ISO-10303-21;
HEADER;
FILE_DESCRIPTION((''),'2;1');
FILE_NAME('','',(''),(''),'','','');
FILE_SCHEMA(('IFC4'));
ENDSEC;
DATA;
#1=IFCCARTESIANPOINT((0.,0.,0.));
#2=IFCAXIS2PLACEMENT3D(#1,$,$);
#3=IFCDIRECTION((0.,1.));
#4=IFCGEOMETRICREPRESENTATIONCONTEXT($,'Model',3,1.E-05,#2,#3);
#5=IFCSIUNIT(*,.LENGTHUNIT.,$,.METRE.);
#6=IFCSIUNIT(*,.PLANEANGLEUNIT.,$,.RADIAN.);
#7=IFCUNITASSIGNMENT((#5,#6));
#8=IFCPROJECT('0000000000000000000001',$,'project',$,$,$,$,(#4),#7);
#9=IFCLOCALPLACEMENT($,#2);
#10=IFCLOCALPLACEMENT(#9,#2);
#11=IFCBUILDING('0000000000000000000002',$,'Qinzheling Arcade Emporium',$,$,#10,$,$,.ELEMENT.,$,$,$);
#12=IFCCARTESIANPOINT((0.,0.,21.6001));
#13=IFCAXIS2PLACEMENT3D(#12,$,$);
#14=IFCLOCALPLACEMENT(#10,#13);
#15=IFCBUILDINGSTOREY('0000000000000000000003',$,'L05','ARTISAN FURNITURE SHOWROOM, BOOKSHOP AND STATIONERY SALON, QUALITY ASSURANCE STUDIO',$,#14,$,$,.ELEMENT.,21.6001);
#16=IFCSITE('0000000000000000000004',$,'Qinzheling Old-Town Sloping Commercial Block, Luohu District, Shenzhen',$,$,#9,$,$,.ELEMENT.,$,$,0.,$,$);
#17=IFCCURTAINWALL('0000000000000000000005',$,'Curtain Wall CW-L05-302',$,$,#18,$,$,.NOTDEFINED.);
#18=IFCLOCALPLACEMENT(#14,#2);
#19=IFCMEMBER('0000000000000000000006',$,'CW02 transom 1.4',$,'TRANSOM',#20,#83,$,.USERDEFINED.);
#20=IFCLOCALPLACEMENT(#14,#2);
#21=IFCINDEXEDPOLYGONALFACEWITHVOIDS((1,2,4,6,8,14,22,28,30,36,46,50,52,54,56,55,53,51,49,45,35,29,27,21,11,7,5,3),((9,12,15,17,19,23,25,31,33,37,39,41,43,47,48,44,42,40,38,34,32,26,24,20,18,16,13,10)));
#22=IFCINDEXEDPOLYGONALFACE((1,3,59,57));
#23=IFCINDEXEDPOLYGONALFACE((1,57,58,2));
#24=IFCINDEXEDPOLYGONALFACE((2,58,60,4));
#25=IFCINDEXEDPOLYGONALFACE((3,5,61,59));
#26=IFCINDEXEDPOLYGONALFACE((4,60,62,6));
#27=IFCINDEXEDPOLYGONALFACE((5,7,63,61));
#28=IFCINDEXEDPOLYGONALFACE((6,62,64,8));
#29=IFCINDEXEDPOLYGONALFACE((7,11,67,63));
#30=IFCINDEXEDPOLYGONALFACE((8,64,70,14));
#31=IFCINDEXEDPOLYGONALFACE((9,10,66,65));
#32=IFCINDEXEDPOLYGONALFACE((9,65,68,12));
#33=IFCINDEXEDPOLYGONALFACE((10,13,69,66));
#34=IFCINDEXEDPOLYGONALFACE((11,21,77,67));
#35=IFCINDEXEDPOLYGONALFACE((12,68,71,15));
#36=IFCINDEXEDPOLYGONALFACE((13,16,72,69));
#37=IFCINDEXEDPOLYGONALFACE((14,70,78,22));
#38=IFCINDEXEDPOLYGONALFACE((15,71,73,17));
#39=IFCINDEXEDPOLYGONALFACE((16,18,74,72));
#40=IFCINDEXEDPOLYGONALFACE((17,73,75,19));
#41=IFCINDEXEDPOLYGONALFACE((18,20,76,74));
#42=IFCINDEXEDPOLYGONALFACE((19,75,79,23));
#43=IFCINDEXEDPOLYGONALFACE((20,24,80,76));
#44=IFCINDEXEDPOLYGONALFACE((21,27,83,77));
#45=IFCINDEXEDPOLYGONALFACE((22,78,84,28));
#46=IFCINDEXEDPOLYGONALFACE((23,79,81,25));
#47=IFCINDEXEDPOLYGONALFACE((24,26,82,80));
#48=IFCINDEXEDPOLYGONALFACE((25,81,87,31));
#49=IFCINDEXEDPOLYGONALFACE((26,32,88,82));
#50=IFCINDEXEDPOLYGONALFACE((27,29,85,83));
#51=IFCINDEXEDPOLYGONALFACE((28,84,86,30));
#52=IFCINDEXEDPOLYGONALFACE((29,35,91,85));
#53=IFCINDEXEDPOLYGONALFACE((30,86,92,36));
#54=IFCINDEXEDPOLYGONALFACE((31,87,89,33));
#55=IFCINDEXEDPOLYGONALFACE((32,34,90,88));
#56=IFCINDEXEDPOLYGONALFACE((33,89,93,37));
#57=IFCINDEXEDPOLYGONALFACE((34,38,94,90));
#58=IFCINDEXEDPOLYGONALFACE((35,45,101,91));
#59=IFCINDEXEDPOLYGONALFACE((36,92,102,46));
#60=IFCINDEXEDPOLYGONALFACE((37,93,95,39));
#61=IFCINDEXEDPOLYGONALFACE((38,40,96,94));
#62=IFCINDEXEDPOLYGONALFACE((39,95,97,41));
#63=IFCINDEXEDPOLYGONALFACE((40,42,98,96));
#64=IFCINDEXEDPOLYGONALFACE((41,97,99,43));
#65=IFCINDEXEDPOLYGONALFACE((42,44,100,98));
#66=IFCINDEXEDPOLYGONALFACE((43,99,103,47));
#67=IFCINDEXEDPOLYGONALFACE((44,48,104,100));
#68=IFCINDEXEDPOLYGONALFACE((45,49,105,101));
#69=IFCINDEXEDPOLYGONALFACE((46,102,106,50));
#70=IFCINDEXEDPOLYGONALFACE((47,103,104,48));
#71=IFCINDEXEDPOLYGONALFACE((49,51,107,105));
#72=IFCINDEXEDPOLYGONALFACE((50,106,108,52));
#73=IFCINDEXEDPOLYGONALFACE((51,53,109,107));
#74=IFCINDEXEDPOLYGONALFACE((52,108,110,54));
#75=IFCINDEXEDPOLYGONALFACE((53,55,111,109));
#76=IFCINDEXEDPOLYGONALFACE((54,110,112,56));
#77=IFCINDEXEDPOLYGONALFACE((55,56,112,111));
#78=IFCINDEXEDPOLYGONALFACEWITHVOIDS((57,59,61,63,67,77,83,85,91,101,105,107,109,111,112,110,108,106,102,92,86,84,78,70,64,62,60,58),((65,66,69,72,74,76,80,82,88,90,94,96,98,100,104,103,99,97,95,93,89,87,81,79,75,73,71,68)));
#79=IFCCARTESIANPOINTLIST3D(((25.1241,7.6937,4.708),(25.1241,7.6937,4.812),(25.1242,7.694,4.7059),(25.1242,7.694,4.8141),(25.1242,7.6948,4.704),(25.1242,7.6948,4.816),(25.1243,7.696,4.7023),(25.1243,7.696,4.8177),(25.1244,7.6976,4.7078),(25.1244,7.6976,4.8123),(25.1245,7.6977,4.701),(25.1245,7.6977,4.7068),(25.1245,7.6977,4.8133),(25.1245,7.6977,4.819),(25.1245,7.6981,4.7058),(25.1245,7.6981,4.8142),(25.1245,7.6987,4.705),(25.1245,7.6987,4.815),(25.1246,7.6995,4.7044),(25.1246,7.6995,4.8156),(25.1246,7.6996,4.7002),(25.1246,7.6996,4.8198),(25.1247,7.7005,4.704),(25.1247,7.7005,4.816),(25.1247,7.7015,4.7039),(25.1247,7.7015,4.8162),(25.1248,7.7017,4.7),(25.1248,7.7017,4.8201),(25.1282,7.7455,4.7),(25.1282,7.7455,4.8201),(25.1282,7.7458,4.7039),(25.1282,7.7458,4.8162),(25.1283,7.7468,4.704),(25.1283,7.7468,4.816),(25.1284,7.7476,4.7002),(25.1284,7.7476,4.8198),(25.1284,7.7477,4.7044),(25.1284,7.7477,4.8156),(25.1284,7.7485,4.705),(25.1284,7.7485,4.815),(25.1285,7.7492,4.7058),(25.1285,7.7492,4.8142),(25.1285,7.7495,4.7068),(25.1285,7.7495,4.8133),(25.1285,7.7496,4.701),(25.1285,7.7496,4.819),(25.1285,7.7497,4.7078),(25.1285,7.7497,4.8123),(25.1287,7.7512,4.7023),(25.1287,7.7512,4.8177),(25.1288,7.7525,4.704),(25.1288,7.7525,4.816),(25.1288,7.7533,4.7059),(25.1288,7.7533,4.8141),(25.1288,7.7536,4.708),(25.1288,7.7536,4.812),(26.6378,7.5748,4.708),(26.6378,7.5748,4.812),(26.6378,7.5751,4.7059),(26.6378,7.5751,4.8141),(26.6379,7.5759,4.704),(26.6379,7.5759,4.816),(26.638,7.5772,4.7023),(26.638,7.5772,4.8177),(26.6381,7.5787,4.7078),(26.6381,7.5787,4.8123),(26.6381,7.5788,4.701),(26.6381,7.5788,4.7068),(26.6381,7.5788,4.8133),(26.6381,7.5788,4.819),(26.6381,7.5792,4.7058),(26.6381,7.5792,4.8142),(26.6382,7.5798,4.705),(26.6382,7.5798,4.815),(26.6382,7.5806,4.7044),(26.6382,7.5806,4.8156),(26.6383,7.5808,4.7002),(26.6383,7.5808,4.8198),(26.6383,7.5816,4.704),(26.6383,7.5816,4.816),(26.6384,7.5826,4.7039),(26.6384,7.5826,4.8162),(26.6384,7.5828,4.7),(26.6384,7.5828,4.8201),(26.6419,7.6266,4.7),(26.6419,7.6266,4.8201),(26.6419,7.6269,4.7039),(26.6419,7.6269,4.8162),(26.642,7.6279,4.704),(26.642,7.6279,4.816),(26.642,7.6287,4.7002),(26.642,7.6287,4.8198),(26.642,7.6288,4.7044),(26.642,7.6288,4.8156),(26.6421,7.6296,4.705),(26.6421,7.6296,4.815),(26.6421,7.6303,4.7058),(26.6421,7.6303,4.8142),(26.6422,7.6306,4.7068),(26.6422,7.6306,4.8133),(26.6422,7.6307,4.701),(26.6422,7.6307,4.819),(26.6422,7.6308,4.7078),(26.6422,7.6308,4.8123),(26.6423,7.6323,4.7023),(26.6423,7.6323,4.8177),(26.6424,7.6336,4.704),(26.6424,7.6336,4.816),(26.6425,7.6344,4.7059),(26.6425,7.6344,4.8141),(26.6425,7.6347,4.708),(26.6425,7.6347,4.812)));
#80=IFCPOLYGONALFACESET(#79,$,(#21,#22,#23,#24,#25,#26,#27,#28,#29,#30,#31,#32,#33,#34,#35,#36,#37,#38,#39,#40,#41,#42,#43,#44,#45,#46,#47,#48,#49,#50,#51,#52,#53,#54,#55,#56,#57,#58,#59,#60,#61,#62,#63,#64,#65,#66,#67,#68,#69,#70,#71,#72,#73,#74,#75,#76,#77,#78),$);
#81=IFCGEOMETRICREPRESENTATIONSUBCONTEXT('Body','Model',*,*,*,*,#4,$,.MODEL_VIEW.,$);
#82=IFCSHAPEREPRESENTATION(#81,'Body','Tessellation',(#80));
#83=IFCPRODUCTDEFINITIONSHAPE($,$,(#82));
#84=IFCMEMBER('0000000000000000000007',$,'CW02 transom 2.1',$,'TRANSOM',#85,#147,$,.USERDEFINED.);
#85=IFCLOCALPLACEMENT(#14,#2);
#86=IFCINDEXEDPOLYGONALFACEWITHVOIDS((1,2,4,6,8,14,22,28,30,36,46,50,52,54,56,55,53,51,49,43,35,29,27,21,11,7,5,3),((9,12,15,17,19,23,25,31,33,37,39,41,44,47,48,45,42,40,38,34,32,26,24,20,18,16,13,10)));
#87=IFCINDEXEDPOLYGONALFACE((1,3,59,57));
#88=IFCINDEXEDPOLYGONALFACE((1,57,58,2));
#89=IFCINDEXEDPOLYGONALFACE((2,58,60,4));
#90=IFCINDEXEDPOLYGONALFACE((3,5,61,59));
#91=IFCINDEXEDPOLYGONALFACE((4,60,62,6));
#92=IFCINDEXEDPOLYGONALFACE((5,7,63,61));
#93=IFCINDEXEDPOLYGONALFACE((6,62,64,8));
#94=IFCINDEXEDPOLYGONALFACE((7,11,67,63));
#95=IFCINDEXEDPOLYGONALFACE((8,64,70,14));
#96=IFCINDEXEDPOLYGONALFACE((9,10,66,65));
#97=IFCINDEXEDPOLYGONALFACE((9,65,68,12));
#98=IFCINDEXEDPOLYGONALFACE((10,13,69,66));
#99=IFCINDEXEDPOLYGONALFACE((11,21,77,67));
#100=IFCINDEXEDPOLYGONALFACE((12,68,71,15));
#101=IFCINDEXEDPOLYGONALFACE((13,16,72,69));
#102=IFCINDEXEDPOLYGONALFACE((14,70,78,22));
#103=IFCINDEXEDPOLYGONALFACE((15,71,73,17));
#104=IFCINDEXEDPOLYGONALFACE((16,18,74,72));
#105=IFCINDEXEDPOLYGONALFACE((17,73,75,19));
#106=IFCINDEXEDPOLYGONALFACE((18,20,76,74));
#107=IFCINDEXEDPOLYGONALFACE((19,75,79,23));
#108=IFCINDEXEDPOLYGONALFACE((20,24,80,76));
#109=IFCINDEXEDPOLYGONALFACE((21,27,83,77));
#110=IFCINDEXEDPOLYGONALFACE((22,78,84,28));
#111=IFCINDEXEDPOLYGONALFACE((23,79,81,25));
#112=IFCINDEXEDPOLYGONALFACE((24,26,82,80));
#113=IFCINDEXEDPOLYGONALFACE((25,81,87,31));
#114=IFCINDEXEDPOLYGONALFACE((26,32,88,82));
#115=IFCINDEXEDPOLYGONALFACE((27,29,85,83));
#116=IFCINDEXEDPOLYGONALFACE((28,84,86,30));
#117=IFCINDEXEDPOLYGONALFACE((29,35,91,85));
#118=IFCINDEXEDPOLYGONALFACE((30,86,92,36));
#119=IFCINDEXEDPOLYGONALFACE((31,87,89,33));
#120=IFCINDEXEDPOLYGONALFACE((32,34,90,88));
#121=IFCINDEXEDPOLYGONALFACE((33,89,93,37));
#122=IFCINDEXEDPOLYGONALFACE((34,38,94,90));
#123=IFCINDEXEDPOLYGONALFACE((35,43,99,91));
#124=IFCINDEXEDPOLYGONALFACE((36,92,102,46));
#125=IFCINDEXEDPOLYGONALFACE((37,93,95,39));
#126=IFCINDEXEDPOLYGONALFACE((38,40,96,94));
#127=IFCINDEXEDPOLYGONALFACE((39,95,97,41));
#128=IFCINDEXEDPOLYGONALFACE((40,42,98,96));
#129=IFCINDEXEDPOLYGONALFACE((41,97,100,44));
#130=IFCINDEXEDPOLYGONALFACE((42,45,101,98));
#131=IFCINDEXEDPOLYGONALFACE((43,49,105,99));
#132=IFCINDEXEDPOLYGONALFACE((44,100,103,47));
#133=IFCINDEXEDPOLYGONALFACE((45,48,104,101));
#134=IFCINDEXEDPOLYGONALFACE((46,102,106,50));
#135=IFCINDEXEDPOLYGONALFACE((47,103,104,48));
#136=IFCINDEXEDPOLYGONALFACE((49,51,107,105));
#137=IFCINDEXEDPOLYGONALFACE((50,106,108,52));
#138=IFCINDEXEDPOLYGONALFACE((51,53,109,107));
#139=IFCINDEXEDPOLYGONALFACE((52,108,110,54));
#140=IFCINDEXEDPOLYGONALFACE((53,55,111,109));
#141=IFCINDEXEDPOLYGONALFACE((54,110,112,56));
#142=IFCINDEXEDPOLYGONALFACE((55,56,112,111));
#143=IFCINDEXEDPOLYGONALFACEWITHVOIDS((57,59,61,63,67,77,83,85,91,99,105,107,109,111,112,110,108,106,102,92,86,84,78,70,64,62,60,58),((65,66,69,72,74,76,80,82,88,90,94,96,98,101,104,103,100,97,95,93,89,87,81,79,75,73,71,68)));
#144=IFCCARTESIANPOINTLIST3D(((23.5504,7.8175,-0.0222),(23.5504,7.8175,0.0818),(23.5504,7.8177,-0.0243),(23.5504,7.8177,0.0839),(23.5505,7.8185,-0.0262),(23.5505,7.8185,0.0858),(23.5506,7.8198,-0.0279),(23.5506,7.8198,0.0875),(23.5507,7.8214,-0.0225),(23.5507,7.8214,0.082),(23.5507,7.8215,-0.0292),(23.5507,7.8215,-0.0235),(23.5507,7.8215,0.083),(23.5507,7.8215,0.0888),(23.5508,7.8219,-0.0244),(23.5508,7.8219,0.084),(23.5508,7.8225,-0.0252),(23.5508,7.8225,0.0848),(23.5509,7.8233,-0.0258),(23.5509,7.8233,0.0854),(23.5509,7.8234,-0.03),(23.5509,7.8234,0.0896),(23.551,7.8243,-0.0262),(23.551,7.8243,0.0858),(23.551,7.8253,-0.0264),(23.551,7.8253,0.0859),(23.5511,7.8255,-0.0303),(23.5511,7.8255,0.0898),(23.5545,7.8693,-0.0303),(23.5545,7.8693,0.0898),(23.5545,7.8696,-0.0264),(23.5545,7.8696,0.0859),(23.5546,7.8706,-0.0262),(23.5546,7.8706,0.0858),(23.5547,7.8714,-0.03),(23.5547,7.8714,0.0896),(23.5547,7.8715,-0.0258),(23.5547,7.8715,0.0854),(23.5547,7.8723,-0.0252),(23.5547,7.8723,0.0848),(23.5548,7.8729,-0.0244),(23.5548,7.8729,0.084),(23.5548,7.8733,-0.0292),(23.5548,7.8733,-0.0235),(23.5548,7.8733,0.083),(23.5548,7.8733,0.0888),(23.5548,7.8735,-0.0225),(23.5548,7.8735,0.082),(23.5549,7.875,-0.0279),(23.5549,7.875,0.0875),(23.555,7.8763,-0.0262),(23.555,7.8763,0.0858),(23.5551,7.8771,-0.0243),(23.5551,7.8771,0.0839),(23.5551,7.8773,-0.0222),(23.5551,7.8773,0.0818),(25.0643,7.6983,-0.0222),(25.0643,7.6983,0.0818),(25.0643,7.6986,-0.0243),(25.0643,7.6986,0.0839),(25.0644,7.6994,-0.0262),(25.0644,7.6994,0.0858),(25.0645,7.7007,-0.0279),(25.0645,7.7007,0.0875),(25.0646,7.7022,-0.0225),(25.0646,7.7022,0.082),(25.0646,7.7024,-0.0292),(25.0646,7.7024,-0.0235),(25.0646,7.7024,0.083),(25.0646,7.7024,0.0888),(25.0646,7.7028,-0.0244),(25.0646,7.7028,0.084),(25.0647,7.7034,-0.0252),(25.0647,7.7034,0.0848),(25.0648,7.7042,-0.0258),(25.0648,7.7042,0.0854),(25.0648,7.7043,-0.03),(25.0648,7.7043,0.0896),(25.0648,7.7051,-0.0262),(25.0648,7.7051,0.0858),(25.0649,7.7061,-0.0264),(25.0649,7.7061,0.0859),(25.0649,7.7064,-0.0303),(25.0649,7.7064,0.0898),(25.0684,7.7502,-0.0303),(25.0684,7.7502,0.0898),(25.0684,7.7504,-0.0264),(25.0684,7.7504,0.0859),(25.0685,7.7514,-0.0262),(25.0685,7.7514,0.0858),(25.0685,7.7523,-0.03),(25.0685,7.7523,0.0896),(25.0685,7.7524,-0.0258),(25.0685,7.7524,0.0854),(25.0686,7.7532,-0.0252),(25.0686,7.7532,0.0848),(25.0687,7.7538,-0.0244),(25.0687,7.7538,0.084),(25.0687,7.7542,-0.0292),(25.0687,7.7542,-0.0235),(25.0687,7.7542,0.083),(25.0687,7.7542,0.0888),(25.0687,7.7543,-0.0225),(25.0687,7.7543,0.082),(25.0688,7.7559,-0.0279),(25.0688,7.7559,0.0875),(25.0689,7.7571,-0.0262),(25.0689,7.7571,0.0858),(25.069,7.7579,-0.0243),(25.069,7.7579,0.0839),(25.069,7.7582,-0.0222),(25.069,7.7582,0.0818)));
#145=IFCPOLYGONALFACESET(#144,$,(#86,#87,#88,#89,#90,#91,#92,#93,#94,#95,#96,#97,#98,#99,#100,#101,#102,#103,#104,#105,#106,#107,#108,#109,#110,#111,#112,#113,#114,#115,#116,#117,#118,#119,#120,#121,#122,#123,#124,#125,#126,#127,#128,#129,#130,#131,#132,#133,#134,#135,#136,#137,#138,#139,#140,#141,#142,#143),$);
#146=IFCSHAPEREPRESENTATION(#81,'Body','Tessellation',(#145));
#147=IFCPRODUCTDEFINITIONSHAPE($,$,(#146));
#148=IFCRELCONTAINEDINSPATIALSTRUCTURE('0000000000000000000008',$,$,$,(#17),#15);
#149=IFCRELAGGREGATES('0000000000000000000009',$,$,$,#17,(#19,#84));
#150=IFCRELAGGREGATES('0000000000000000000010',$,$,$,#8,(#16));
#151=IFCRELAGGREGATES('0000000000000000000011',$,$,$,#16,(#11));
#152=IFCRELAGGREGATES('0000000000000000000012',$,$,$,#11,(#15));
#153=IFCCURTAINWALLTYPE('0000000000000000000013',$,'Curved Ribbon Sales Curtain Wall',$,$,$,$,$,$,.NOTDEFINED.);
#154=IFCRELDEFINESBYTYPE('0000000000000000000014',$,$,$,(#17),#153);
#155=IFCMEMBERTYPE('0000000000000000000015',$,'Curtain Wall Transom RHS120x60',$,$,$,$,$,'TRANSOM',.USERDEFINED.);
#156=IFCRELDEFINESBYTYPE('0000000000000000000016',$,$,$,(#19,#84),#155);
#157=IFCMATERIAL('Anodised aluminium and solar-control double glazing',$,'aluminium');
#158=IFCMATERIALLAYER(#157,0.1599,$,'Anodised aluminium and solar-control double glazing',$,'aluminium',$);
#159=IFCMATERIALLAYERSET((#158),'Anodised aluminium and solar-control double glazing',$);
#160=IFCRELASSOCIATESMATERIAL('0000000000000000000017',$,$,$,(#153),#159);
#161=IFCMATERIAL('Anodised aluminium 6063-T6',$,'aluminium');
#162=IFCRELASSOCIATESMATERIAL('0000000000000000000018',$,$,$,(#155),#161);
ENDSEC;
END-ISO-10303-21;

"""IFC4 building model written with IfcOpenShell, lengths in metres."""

from ifc_helpers import new_model, si_unit, direction, frame, origin, origin_2d, place, context, subcontext, project, spatial, hollow_rectangle, extrude, material, layer, layer_set, material_profile, profile_set, type_object, element, aggregate, save


model = new_model("IFC4")

# Units and contexts
model_context = context("Model", 3, precision=1e-05, world=origin(), true_north=direction((0.0, 1.0)))
body_context = subcontext(model_context, "Body", "Model", "MODEL_VIEW")
ifc_project = project(units=[si_unit("LENGTHUNIT", "METRE"), si_unit("PLANEANGLEUNIT", "RADIAN")], contexts=[model_context])

# Site, building, storey
site_placement = place(None, origin())
site = spatial("IfcSite", under=ifc_project, at=site_placement, Name="Qinzheling Old-Town Sloping Commercial Block, Luohu District, Shenzhen", CompositionType="ELEMENT", RefElevation=0.0)
building_placement = place(site_placement, origin())
building = spatial("IfcBuilding", under=site, at=building_placement, Name="Qinzheling Arcade Emporium", CompositionType="ELEMENT")
storey_placement = place(building_placement, frame((0.0, 0.0, 21.6001)))
storey = spatial("IfcBuildingStorey", under=building, at=storey_placement, Name="L05", Description="ARTISAN FURNITURE SHOWROOM, BOOKSHOP AND STATIONERY SALON, QUALITY ASSURANCE STUDIO", CompositionType="ELEMENT", Elevation=21.6001)

# Shared definitions
ifc_material_1 = material(Name="Anodised aluminium and solar-control double glazing", Category="aluminium")
ifc_material_2 = material(Name="Anodised aluminium 6063-T6", Category="aluminium")

# Curtain wall
ifc_layer_1 = layer(ifc_material_1, 0.1599, Name="Anodised aluminium and solar-control double glazing", Category="aluminium")
ifc_layer_set_1 = layer_set([ifc_layer_1], Name="Anodised aluminium and solar-control double glazing")
curtain_wall_type_1 = type_object("IfcCurtainWallType", Name="Curved Ribbon Sales Curtain Wall", PredefinedType="NOTDEFINED", material=ifc_layer_set_1)
curtain_wall_1_placement = place(storey_placement, origin())
curtain_wall_1 = element("IfcCurtainWall", 1, at=curtain_wall_1_placement, inside=storey, type_object=curtain_wall_type_1, Name="Curtain Wall CW-L05-302", PredefinedType="NOTDEFINED")

# Members
ifc_material_profile_1 = material_profile(ifc_material_2, hollow_rectangle(XDim=0.0601, YDim=0.1201, WallThickness=0.0039, InnerFilletRadius=0.0039, OuterFilletRadius=0.0081, at=origin_2d()), Name="RHS 120x60x4", Category="aluminium")
ifc_profile_set_1 = profile_set([ifc_material_profile_1], Name="Anodised aluminium 6063-T6")
member_type_1 = type_object("IfcMemberType", Name="Curtain Wall Transom RHS120x60", ElementType="TRANSOM", PredefinedType="USERDEFINED", material=ifc_profile_set_1)
member_1_placement = place(storey_placement, frame((26.6401, 7.6047, 4.76), z_axis=(-0.996929, 0.078307, 0.0), x_axis=(-0.078307, -0.996929, 0.0)))
member_1 = element("IfcMember", 2, at=member_1_placement, type_object=member_type_1, Name="CW02 transom 1.4", ObjectType="TRANSOM", PredefinedType="USERDEFINED", context=body_context, shape_type="SweptSolid", body=[
    extrude(hollow_rectangle(XDim=0.0601, YDim=0.1201, WallThickness=0.0039, InnerFilletRadius=0.0039, OuterFilletRadius=0.0081, at=origin_2d()), origin(), (0.0, 0.0, 1.0), 1.5183),
])
member_2_placement = place(storey_placement, frame((25.0667, 7.7283, 0.0298), z_axis=(-0.996918, 0.078454, 0.0), x_axis=(-0.078454, -0.996918, 0.0)))
member_2 = element("IfcMember", 3, at=member_2_placement, type_object=member_type_1, Name="CW02 transom 2.1", ObjectType="TRANSOM", PredefinedType="USERDEFINED", context=body_context, shape_type="SweptSolid", body=[
    extrude(hollow_rectangle(XDim=0.0601, YDim=0.1201, WallThickness=0.0039, InnerFilletRadius=0.0039, OuterFilletRadius=0.0081, at=origin_2d()), origin(), (0.0, 0.0, 1.0), 1.5186),
])

aggregate(curtain_wall_1, [member_1, member_2])

save(model, "model.ifc")
